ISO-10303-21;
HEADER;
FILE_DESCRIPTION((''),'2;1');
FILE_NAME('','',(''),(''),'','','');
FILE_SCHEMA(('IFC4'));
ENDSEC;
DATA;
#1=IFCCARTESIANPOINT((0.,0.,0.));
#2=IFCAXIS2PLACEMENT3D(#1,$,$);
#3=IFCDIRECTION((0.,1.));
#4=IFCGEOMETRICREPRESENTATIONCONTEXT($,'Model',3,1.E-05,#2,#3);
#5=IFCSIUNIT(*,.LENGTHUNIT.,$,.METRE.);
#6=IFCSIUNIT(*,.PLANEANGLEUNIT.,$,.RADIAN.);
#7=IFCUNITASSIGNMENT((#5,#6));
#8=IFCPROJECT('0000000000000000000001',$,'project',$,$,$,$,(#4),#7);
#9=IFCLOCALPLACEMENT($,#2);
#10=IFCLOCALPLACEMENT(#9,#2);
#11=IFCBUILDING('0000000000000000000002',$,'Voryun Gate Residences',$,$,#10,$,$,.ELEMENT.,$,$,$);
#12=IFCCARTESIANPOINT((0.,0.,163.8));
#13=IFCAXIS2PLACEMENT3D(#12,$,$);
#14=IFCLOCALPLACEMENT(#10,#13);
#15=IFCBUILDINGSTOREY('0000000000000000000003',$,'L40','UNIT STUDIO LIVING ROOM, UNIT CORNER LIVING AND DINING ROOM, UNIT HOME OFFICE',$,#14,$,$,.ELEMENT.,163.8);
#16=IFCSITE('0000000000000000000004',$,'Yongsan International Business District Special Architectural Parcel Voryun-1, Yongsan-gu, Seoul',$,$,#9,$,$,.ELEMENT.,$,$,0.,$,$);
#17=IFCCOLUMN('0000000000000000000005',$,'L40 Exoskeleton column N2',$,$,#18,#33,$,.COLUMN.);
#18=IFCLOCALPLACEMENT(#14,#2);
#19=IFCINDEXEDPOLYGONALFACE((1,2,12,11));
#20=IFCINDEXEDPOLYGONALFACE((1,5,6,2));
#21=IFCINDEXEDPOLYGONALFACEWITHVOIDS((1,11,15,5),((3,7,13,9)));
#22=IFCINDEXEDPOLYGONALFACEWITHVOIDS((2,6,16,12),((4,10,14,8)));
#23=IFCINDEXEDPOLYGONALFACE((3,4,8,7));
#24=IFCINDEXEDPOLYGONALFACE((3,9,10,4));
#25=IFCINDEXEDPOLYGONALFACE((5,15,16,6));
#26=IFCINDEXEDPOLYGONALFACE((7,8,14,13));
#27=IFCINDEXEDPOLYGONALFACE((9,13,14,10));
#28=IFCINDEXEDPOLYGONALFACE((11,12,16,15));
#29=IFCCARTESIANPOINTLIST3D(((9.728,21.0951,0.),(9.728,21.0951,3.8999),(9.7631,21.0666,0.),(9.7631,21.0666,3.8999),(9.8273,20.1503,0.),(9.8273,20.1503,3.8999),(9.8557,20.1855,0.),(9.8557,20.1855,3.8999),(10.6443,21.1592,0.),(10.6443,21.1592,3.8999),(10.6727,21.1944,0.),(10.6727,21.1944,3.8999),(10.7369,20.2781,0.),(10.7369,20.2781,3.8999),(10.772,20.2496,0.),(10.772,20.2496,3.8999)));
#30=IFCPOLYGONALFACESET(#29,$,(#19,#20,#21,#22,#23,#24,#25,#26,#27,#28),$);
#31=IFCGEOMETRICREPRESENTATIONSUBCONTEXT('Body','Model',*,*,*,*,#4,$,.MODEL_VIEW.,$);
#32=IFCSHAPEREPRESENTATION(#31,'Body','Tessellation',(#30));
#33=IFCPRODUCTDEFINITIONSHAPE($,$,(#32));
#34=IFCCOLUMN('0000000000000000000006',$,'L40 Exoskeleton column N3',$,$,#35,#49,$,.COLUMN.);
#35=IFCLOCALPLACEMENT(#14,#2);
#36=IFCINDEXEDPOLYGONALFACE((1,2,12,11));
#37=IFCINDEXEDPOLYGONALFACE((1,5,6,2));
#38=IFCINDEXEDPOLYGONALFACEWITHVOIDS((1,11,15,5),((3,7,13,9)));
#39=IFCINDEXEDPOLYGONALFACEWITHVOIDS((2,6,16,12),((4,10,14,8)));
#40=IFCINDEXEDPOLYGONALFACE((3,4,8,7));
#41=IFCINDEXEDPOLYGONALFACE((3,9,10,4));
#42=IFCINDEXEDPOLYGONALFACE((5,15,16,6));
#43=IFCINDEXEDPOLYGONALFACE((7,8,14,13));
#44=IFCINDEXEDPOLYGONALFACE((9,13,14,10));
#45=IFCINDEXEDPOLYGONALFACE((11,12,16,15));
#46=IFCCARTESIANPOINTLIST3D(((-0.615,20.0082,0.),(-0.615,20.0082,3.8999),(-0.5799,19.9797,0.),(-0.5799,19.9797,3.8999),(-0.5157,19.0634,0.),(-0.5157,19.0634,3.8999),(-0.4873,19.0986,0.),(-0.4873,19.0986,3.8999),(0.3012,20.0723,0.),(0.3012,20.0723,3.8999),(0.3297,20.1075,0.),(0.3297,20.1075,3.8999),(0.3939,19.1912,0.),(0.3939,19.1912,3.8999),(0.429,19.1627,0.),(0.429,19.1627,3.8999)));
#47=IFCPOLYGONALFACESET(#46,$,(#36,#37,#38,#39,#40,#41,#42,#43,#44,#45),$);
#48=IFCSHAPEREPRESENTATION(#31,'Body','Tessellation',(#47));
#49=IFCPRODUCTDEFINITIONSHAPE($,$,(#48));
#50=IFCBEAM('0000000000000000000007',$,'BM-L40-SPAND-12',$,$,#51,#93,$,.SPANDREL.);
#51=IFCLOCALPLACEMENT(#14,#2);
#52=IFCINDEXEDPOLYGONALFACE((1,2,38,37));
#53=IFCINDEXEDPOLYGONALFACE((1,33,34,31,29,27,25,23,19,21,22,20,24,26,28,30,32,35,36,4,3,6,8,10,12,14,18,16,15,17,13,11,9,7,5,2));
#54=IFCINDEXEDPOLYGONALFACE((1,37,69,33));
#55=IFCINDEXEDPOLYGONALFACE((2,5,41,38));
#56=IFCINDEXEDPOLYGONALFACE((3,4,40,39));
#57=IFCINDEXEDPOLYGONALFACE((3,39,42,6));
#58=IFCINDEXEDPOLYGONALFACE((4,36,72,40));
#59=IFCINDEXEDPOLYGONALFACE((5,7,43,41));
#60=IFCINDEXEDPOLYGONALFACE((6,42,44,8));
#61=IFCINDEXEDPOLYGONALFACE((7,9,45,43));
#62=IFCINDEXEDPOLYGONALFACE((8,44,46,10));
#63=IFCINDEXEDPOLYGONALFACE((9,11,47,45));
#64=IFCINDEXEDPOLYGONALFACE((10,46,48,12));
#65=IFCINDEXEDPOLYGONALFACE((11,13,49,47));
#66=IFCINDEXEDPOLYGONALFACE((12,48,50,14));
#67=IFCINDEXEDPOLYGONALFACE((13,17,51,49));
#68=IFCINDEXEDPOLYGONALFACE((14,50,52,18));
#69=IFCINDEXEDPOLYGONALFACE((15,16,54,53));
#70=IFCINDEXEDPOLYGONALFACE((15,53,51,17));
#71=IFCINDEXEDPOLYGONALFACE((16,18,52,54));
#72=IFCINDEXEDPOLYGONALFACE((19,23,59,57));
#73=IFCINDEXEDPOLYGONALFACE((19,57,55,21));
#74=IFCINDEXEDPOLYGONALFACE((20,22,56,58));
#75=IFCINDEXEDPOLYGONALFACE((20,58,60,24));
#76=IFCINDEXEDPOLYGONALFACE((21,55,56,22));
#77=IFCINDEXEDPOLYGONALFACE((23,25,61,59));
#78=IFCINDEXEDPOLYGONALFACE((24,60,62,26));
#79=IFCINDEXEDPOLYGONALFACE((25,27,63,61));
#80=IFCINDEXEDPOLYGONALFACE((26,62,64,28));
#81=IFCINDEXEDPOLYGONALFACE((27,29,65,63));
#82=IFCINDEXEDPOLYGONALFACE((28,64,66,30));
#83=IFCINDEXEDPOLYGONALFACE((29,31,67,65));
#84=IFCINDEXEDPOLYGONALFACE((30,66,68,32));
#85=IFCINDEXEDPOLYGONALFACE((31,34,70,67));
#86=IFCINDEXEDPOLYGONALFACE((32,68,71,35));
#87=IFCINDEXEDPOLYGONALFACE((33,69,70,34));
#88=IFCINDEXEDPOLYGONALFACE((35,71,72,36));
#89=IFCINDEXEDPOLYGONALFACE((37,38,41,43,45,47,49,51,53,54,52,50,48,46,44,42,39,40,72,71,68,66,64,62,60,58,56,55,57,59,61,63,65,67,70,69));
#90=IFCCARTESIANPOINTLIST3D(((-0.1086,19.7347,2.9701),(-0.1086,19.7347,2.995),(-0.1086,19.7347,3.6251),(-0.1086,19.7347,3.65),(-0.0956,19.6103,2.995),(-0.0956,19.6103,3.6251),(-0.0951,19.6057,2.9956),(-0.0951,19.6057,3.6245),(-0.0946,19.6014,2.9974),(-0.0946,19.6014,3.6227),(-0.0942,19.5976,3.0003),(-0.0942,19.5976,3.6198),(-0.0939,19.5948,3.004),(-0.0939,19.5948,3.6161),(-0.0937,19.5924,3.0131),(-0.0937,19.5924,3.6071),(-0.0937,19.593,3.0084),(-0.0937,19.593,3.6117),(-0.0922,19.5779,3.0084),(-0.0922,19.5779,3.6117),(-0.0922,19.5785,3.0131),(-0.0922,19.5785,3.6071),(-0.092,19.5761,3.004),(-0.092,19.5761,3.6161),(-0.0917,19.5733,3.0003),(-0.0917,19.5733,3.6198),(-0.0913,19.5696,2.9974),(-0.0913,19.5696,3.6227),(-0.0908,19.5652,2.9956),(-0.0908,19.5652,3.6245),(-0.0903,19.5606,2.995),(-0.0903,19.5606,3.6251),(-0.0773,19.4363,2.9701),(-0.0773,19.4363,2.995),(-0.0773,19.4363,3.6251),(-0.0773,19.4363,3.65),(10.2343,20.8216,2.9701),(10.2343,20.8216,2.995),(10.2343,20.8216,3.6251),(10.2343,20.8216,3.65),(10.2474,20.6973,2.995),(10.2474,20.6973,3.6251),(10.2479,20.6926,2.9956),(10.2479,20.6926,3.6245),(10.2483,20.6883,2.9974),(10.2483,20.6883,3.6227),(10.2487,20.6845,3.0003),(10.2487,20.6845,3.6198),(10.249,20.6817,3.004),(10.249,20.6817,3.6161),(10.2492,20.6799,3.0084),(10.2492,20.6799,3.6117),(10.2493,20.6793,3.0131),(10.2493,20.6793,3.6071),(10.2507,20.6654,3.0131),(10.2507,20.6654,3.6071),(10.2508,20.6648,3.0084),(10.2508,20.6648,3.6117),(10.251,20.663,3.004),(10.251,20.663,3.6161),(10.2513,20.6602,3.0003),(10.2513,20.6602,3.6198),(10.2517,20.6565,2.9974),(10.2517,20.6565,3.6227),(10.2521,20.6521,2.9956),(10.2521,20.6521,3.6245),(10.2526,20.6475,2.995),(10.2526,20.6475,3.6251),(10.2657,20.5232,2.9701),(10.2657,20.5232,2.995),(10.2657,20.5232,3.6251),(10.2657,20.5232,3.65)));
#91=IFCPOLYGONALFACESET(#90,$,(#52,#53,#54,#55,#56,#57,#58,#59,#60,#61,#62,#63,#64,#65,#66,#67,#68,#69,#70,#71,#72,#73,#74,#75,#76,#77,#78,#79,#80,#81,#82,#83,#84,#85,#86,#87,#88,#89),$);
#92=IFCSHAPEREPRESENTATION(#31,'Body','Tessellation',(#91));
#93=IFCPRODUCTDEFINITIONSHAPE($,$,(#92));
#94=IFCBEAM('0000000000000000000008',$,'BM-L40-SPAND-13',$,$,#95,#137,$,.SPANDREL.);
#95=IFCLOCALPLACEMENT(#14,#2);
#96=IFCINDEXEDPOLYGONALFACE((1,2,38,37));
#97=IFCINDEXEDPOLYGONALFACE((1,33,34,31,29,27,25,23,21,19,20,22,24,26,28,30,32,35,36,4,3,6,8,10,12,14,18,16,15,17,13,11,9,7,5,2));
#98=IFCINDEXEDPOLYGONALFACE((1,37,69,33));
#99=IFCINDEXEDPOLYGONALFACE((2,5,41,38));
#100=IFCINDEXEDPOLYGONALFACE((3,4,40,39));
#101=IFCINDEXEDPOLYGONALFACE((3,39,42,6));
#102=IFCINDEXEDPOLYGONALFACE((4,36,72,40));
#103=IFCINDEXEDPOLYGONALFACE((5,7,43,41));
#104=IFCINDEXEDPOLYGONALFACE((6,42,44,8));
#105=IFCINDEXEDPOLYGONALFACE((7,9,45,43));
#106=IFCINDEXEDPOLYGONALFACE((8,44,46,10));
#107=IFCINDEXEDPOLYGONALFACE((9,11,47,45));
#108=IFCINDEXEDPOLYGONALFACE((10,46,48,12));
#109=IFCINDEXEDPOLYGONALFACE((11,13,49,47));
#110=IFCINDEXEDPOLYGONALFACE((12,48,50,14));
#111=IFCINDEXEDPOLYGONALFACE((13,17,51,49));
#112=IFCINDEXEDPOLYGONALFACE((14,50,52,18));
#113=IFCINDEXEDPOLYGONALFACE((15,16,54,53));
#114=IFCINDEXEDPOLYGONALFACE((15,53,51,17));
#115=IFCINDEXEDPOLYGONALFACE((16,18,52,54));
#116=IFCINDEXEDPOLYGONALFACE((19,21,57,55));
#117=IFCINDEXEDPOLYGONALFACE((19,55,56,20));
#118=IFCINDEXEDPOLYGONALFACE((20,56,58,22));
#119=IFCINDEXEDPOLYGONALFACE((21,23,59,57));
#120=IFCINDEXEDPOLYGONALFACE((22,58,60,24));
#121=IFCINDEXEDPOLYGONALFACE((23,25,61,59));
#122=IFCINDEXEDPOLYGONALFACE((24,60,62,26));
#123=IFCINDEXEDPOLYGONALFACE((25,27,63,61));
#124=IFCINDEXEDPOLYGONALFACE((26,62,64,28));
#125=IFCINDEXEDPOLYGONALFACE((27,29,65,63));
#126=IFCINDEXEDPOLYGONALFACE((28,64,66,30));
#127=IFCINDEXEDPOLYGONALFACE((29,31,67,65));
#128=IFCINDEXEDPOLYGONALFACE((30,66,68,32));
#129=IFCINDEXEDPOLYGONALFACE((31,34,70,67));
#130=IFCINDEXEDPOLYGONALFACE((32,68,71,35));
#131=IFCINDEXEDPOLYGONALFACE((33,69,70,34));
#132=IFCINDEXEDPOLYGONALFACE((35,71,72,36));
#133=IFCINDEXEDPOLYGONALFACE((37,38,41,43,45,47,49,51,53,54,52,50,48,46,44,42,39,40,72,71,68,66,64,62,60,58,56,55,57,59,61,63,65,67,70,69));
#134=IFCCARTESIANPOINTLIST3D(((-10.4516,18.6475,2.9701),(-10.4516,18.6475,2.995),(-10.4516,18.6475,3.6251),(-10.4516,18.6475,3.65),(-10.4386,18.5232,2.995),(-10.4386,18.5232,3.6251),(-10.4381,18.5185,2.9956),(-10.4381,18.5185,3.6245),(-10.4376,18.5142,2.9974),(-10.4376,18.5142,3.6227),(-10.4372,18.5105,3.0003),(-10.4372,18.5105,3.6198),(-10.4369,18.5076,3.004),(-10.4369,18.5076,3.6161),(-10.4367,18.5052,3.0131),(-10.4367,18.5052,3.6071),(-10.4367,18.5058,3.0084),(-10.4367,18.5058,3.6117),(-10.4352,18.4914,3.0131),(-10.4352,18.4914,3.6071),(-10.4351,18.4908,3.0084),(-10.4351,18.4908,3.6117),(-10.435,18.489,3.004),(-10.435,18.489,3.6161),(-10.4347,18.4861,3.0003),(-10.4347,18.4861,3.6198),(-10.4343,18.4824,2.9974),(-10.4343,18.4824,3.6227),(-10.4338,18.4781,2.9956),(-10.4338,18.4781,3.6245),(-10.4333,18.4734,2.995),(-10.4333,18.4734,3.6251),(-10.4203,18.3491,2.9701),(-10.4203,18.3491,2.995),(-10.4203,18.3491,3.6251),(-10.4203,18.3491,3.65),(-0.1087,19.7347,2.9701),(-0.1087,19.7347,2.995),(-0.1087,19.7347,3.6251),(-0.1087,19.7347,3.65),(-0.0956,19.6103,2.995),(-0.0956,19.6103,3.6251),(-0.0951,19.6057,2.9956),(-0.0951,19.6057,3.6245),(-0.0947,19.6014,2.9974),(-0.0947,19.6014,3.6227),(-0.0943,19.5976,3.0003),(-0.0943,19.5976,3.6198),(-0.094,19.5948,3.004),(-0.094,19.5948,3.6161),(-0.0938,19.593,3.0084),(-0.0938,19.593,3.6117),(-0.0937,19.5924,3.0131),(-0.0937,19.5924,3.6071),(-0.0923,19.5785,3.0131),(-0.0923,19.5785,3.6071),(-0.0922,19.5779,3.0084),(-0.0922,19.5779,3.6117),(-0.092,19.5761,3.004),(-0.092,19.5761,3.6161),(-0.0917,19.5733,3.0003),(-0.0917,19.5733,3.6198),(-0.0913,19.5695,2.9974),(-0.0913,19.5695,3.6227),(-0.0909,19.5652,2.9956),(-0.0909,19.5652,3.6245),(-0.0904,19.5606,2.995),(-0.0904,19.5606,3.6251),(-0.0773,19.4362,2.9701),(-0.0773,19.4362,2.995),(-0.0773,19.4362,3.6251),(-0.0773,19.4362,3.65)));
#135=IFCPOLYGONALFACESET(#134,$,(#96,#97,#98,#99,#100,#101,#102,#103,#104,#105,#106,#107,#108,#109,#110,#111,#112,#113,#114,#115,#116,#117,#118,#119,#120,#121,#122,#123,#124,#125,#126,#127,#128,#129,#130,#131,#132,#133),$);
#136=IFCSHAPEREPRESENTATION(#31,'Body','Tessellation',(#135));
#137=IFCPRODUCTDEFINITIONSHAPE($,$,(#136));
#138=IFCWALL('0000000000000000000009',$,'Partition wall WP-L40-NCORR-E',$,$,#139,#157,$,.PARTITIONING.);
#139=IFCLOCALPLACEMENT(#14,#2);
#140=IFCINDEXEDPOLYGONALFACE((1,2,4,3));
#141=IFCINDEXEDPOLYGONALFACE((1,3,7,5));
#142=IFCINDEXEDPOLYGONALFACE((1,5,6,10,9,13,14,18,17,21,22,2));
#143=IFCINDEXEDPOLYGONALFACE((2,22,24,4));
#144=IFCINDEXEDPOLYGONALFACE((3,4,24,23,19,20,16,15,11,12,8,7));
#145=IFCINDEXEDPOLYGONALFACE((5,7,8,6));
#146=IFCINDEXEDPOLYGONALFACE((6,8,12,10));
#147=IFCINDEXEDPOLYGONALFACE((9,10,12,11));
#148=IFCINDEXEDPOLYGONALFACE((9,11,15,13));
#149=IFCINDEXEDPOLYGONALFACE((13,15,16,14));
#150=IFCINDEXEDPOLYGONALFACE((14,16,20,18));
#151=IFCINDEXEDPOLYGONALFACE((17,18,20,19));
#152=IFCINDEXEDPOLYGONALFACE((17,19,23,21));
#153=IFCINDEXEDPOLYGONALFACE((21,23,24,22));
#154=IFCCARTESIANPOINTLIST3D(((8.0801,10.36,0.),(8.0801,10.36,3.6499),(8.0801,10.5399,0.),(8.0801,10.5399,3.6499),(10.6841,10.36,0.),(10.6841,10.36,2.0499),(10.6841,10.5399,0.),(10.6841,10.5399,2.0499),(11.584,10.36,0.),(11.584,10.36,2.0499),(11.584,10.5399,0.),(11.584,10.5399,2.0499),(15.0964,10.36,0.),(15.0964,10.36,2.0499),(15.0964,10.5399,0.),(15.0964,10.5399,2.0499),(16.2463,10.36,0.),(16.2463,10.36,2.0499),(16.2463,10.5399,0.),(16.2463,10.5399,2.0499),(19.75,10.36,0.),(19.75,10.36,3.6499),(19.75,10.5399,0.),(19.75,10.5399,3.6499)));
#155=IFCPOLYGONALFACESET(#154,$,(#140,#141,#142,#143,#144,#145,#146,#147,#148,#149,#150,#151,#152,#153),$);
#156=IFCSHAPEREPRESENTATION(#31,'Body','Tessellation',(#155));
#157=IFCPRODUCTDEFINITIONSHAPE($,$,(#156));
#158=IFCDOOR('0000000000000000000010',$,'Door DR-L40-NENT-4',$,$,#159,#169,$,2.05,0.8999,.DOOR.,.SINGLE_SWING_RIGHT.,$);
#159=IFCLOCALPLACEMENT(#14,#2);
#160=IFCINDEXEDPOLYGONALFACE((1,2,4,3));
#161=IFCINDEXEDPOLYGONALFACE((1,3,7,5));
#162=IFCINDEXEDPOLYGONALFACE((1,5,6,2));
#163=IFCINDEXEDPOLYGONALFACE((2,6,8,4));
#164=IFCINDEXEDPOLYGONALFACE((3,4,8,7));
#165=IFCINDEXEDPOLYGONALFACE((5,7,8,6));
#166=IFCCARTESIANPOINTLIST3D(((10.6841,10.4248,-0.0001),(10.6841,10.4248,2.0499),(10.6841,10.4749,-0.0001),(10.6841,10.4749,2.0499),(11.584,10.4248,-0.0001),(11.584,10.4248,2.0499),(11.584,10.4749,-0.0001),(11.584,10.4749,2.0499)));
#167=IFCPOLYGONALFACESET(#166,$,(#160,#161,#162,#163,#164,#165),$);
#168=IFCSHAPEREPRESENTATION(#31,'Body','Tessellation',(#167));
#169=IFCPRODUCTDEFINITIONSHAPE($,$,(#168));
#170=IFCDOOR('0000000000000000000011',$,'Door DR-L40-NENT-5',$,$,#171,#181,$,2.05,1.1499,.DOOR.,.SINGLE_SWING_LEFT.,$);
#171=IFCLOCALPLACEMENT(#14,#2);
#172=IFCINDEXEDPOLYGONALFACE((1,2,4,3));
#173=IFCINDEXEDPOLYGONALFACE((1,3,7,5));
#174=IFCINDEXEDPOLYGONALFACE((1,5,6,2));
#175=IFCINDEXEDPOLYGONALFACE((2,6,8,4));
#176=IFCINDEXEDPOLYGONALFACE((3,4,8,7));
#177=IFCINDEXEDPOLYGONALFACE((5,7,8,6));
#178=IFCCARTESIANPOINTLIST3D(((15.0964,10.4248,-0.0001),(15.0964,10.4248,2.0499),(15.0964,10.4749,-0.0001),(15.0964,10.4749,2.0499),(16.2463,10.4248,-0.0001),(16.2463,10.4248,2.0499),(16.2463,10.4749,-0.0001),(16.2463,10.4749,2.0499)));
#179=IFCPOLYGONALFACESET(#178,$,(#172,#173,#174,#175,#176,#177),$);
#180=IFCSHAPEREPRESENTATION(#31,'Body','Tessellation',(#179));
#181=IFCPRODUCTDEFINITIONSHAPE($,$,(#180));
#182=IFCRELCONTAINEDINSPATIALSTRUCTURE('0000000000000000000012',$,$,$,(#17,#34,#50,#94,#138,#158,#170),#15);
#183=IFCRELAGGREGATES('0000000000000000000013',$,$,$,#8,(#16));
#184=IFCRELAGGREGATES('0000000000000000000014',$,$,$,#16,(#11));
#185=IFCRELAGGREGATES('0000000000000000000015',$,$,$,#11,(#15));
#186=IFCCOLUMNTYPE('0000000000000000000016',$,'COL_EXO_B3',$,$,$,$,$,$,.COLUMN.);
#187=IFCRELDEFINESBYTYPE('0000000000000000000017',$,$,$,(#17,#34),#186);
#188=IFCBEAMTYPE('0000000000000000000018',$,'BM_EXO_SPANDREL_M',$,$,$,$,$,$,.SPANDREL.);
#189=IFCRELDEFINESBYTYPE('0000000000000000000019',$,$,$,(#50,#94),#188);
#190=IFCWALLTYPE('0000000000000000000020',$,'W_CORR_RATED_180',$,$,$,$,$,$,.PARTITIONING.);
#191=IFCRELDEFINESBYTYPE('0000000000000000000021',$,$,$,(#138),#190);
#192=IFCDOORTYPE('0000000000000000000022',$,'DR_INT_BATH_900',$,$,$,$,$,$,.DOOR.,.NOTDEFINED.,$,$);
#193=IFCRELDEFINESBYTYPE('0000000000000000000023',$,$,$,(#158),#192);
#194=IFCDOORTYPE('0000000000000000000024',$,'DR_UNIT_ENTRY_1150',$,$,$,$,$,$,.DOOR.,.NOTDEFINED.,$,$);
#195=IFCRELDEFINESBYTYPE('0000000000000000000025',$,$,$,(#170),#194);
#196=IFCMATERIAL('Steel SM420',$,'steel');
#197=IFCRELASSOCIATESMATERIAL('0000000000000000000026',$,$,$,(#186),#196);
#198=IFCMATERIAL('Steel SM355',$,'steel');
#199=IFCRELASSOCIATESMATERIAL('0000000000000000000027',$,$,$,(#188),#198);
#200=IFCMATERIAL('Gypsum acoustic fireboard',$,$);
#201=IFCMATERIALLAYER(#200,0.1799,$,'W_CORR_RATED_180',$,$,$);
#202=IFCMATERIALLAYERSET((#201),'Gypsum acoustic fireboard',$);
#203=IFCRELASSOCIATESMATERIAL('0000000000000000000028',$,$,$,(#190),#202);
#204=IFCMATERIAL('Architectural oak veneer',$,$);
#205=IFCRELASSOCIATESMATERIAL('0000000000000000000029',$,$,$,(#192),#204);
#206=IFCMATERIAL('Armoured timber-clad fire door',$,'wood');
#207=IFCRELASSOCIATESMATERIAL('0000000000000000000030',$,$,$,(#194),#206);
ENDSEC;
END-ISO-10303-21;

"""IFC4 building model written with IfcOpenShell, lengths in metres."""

from ifc_helpers import new_model, si_unit, direction, frame, frame_2d, origin, origin_2d, place, context, subcontext, project, spatial, rectangle, hollow_rectangle, i_section, extrude, material, layer, layer_set, material_profile, profile_set, type_object, element, fill, save


model = new_model("IFC4")

# Units and contexts
model_context = context("Model", 3, precision=1e-05, world=origin(), true_north=direction((0.0, 1.0)))
body_context = subcontext(model_context, "Body", "Model", "MODEL_VIEW")
ifc_project = project(units=[si_unit("LENGTHUNIT", "METRE"), si_unit("PLANEANGLEUNIT", "RADIAN")], contexts=[model_context])

# Site, building, storey
site_placement = place(None, origin())
site = spatial("IfcSite", under=ifc_project, at=site_placement, Name="Yongsan International Business District Special Architectural Parcel Voryun-1, Yongsan-gu, Seoul", CompositionType="ELEMENT", RefElevation=0.0)
building_placement = place(site_placement, origin())
building = spatial("IfcBuilding", under=site, at=building_placement, Name="Voryun Gate Residences", CompositionType="ELEMENT")
storey_placement = place(building_placement, frame((0.0, 0.0, 163.8)))
storey = spatial("IfcBuildingStorey", under=building, at=storey_placement, Name="L40", Description="UNIT STUDIO LIVING ROOM, UNIT CORNER LIVING AND DINING ROOM, UNIT HOME OFFICE", CompositionType="ELEMENT", Elevation=163.8)

# Columns
ifc_material_1 = material(Name="Steel SM420", Category="steel")
ifc_material_profile_1 = material_profile(ifc_material_1, hollow_rectangle(XDim=0.95, YDim=0.95, WallThickness=0.032, at=origin_2d()), Name="BOX-950x950x32")
ifc_profile_set_1 = profile_set([ifc_material_profile_1], Name="Steel SM420")
column_type = type_object("IfcColumnType", Name="COL_EXO_B3", PredefinedType="COLUMN", material=ifc_profile_set_1)
for number, where, z_axis, x_axis, name in (
    (1, (10.25, 20.6724, 0.0), (0.0, 0.0, 1.0), (0.994522, 0.104528, 0.0), "L40 Exoskeleton column N2"),
    (2, (-0.093, 19.5854, 0.0), (0.0, 0.0, 1.0), (0.994522, 0.104528, 0.0), "L40 Exoskeleton column N3"),
):
    element("IfcColumn", number, at=place(storey_placement, frame(where, z_axis=z_axis, x_axis=x_axis)), inside=storey, type_object=column_type, Name=name, PredefinedType="COLUMN", context=body_context, shape_type="SweptSolid", body=[
        extrude(hollow_rectangle(XDim=0.95, YDim=0.95, WallThickness=0.032, at=origin_2d()), origin(), (0.0, 0.0, 1.0), 3.8999),
    ])

# Beams
ifc_material_2 = material(Name="Steel SM355", Category="steel")
ifc_material_profile_2 = material_profile(ifc_material_2, i_section(OverallWidth=0.3, OverallDepth=0.6799, WebThickness=0.0139, FlangeThickness=0.0249, FilletRadius=0.0181, at=origin_2d()), Name="H-680x300x14x25")
ifc_profile_set_2 = profile_set([ifc_material_profile_2], Name="Steel SM355")
beam_type = type_object("IfcBeamType", Name="BM_EXO_SPANDREL_M", PredefinedType="SPANDREL", material=ifc_profile_set_2)
for number, where, z_axis, x_axis, name in (
    (3, (10.25, 20.6724, 3.3101), (-0.994524, -0.104511, 0.0), (0.104511, -0.994524, 0.0), "BM-L40-SPAND-12"),
    (4, (-0.093, 19.5854, 3.3101), (-0.994521, -0.104534, 0.0), (0.104534, -0.994521, 0.0), "BM-L40-SPAND-13"),
):
    element("IfcBeam", number, at=place(storey_placement, frame(where, z_axis=z_axis, x_axis=x_axis)), inside=storey, type_object=beam_type, Name=name, PredefinedType="SPANDREL", context=body_context, shape_type="SweptSolid", body=[
        extrude(i_section(OverallWidth=0.3, OverallDepth=0.6799, WebThickness=0.0139, FlangeThickness=0.0249, FilletRadius=0.0181, at=origin_2d()), origin(), (0.0, 0.0, 1.0), 10.3999),
    ])

# Wall, openings, doors
ifc_material_3 = material(Name="Gypsum acoustic fireboard")
ifc_layer_1 = layer(ifc_material_3, 0.1799, Name="W_CORR_RATED_180")
ifc_layer_set_1 = layer_set([ifc_layer_1], Name="Gypsum acoustic fireboard")
wall_type_1 = type_object("IfcWallType", Name="W_CORR_RATED_180", PredefinedType="PARTITIONING", material=ifc_layer_set_1)
wall_1_placement = place(storey_placement, frame((8.0801, 10.45, 0.0), z_axis=(0.0, 0.0, 1.0), x_axis=(1.0, 0.0, 0.0)))
wall_1 = element("IfcWall", 5, at=wall_1_placement, inside=storey, type_object=wall_type_1, Name="Partition wall WP-L40-NCORR-E", PredefinedType="PARTITIONING", context=body_context, shape_type="SweptSolid", body=[
    extrude(rectangle(XDim=11.6699, YDim=0.1799, at=frame_2d((5.835, 0.0))), origin(), (0.0, 0.0, 1.0), 3.6499),
])
opening_1_placement = place(wall_1_placement, frame((2.604, 0.0, 0.0)))
opening_1 = element("IfcOpeningElement", 6, at=opening_1_placement, cuts=wall_1, PredefinedType="OPENING", context=body_context, shape_type="SweptSolid", body=[
    extrude(rectangle(XDim=0.8999, YDim=2.05, at=frame_2d((0.45, 1.0249))), frame((0.0, 0.0999, 0.0), z_axis=(0.0, -1.0, 0.0), x_axis=(1.0, 0.0, 0.0)), (0.0, 0.0, 1.0), 0.2),
])
opening_2_placement = place(wall_1_placement, frame((7.0164, 0.0, 0.0)))
opening_2 = element("IfcOpeningElement", 7, at=opening_2_placement, cuts=wall_1, PredefinedType="OPENING", context=body_context, shape_type="SweptSolid", body=[
    extrude(rectangle(XDim=1.1499, YDim=2.05, at=frame_2d((0.575, 1.0249))), frame((0.0, 0.0999, 0.0), z_axis=(0.0, -1.0, 0.0), x_axis=(1.0, 0.0, 0.0)), (0.0, 0.0, 1.0), 0.2),
])
ifc_material_4 = material(Name="Architectural oak veneer")
door_type_1 = type_object("IfcDoorType", Name="DR_INT_BATH_900", OperationType="NOTDEFINED", PredefinedType="DOOR", material=ifc_material_4)
door_1_placement = place(opening_1_placement, origin())
door_1 = element("IfcDoor", 8, at=door_1_placement, inside=storey, type_object=door_type_1, Name="Door DR-L40-NENT-4", OperationType="SINGLE_SWING_RIGHT", OverallHeight=2.05, OverallWidth=0.8999, PredefinedType="DOOR", context=body_context, shape_type="SweptSolid", body=[
    extrude(rectangle(XDim=0.8999, YDim=2.05, at=frame_2d((0.45, 1.0249))), frame((0.0, 0.0249, 0.0), z_axis=(0.0, -1.0, 0.0), x_axis=(1.0, 0.0, 0.0)), (0.0, 0.0, 1.0), 0.05),
])
fill(opening_1, door_1)
ifc_material_5 = material(Name="Armoured timber-clad fire door", Category="wood")
door_type_2 = type_object("IfcDoorType", Name="DR_UNIT_ENTRY_1150", OperationType="NOTDEFINED", PredefinedType="DOOR", material=ifc_material_5)
door_2_placement = place(opening_2_placement, origin())
door_2 = element("IfcDoor", 9, at=door_2_placement, inside=storey, type_object=door_type_2, Name="Door DR-L40-NENT-5", OperationType="SINGLE_SWING_LEFT", OverallHeight=2.05, OverallWidth=1.1499, PredefinedType="DOOR", context=body_context, shape_type="SweptSolid", body=[
    extrude(rectangle(XDim=1.1499, YDim=2.05, at=frame_2d((0.575, 1.0249))), frame((0.0, 0.0249, 0.0), z_axis=(0.0, -1.0, 0.0), x_axis=(1.0, 0.0, 0.0)), (0.0, 0.0, 1.0), 0.05),
])
fill(opening_2, door_2)

save(model, "model.ifc")
